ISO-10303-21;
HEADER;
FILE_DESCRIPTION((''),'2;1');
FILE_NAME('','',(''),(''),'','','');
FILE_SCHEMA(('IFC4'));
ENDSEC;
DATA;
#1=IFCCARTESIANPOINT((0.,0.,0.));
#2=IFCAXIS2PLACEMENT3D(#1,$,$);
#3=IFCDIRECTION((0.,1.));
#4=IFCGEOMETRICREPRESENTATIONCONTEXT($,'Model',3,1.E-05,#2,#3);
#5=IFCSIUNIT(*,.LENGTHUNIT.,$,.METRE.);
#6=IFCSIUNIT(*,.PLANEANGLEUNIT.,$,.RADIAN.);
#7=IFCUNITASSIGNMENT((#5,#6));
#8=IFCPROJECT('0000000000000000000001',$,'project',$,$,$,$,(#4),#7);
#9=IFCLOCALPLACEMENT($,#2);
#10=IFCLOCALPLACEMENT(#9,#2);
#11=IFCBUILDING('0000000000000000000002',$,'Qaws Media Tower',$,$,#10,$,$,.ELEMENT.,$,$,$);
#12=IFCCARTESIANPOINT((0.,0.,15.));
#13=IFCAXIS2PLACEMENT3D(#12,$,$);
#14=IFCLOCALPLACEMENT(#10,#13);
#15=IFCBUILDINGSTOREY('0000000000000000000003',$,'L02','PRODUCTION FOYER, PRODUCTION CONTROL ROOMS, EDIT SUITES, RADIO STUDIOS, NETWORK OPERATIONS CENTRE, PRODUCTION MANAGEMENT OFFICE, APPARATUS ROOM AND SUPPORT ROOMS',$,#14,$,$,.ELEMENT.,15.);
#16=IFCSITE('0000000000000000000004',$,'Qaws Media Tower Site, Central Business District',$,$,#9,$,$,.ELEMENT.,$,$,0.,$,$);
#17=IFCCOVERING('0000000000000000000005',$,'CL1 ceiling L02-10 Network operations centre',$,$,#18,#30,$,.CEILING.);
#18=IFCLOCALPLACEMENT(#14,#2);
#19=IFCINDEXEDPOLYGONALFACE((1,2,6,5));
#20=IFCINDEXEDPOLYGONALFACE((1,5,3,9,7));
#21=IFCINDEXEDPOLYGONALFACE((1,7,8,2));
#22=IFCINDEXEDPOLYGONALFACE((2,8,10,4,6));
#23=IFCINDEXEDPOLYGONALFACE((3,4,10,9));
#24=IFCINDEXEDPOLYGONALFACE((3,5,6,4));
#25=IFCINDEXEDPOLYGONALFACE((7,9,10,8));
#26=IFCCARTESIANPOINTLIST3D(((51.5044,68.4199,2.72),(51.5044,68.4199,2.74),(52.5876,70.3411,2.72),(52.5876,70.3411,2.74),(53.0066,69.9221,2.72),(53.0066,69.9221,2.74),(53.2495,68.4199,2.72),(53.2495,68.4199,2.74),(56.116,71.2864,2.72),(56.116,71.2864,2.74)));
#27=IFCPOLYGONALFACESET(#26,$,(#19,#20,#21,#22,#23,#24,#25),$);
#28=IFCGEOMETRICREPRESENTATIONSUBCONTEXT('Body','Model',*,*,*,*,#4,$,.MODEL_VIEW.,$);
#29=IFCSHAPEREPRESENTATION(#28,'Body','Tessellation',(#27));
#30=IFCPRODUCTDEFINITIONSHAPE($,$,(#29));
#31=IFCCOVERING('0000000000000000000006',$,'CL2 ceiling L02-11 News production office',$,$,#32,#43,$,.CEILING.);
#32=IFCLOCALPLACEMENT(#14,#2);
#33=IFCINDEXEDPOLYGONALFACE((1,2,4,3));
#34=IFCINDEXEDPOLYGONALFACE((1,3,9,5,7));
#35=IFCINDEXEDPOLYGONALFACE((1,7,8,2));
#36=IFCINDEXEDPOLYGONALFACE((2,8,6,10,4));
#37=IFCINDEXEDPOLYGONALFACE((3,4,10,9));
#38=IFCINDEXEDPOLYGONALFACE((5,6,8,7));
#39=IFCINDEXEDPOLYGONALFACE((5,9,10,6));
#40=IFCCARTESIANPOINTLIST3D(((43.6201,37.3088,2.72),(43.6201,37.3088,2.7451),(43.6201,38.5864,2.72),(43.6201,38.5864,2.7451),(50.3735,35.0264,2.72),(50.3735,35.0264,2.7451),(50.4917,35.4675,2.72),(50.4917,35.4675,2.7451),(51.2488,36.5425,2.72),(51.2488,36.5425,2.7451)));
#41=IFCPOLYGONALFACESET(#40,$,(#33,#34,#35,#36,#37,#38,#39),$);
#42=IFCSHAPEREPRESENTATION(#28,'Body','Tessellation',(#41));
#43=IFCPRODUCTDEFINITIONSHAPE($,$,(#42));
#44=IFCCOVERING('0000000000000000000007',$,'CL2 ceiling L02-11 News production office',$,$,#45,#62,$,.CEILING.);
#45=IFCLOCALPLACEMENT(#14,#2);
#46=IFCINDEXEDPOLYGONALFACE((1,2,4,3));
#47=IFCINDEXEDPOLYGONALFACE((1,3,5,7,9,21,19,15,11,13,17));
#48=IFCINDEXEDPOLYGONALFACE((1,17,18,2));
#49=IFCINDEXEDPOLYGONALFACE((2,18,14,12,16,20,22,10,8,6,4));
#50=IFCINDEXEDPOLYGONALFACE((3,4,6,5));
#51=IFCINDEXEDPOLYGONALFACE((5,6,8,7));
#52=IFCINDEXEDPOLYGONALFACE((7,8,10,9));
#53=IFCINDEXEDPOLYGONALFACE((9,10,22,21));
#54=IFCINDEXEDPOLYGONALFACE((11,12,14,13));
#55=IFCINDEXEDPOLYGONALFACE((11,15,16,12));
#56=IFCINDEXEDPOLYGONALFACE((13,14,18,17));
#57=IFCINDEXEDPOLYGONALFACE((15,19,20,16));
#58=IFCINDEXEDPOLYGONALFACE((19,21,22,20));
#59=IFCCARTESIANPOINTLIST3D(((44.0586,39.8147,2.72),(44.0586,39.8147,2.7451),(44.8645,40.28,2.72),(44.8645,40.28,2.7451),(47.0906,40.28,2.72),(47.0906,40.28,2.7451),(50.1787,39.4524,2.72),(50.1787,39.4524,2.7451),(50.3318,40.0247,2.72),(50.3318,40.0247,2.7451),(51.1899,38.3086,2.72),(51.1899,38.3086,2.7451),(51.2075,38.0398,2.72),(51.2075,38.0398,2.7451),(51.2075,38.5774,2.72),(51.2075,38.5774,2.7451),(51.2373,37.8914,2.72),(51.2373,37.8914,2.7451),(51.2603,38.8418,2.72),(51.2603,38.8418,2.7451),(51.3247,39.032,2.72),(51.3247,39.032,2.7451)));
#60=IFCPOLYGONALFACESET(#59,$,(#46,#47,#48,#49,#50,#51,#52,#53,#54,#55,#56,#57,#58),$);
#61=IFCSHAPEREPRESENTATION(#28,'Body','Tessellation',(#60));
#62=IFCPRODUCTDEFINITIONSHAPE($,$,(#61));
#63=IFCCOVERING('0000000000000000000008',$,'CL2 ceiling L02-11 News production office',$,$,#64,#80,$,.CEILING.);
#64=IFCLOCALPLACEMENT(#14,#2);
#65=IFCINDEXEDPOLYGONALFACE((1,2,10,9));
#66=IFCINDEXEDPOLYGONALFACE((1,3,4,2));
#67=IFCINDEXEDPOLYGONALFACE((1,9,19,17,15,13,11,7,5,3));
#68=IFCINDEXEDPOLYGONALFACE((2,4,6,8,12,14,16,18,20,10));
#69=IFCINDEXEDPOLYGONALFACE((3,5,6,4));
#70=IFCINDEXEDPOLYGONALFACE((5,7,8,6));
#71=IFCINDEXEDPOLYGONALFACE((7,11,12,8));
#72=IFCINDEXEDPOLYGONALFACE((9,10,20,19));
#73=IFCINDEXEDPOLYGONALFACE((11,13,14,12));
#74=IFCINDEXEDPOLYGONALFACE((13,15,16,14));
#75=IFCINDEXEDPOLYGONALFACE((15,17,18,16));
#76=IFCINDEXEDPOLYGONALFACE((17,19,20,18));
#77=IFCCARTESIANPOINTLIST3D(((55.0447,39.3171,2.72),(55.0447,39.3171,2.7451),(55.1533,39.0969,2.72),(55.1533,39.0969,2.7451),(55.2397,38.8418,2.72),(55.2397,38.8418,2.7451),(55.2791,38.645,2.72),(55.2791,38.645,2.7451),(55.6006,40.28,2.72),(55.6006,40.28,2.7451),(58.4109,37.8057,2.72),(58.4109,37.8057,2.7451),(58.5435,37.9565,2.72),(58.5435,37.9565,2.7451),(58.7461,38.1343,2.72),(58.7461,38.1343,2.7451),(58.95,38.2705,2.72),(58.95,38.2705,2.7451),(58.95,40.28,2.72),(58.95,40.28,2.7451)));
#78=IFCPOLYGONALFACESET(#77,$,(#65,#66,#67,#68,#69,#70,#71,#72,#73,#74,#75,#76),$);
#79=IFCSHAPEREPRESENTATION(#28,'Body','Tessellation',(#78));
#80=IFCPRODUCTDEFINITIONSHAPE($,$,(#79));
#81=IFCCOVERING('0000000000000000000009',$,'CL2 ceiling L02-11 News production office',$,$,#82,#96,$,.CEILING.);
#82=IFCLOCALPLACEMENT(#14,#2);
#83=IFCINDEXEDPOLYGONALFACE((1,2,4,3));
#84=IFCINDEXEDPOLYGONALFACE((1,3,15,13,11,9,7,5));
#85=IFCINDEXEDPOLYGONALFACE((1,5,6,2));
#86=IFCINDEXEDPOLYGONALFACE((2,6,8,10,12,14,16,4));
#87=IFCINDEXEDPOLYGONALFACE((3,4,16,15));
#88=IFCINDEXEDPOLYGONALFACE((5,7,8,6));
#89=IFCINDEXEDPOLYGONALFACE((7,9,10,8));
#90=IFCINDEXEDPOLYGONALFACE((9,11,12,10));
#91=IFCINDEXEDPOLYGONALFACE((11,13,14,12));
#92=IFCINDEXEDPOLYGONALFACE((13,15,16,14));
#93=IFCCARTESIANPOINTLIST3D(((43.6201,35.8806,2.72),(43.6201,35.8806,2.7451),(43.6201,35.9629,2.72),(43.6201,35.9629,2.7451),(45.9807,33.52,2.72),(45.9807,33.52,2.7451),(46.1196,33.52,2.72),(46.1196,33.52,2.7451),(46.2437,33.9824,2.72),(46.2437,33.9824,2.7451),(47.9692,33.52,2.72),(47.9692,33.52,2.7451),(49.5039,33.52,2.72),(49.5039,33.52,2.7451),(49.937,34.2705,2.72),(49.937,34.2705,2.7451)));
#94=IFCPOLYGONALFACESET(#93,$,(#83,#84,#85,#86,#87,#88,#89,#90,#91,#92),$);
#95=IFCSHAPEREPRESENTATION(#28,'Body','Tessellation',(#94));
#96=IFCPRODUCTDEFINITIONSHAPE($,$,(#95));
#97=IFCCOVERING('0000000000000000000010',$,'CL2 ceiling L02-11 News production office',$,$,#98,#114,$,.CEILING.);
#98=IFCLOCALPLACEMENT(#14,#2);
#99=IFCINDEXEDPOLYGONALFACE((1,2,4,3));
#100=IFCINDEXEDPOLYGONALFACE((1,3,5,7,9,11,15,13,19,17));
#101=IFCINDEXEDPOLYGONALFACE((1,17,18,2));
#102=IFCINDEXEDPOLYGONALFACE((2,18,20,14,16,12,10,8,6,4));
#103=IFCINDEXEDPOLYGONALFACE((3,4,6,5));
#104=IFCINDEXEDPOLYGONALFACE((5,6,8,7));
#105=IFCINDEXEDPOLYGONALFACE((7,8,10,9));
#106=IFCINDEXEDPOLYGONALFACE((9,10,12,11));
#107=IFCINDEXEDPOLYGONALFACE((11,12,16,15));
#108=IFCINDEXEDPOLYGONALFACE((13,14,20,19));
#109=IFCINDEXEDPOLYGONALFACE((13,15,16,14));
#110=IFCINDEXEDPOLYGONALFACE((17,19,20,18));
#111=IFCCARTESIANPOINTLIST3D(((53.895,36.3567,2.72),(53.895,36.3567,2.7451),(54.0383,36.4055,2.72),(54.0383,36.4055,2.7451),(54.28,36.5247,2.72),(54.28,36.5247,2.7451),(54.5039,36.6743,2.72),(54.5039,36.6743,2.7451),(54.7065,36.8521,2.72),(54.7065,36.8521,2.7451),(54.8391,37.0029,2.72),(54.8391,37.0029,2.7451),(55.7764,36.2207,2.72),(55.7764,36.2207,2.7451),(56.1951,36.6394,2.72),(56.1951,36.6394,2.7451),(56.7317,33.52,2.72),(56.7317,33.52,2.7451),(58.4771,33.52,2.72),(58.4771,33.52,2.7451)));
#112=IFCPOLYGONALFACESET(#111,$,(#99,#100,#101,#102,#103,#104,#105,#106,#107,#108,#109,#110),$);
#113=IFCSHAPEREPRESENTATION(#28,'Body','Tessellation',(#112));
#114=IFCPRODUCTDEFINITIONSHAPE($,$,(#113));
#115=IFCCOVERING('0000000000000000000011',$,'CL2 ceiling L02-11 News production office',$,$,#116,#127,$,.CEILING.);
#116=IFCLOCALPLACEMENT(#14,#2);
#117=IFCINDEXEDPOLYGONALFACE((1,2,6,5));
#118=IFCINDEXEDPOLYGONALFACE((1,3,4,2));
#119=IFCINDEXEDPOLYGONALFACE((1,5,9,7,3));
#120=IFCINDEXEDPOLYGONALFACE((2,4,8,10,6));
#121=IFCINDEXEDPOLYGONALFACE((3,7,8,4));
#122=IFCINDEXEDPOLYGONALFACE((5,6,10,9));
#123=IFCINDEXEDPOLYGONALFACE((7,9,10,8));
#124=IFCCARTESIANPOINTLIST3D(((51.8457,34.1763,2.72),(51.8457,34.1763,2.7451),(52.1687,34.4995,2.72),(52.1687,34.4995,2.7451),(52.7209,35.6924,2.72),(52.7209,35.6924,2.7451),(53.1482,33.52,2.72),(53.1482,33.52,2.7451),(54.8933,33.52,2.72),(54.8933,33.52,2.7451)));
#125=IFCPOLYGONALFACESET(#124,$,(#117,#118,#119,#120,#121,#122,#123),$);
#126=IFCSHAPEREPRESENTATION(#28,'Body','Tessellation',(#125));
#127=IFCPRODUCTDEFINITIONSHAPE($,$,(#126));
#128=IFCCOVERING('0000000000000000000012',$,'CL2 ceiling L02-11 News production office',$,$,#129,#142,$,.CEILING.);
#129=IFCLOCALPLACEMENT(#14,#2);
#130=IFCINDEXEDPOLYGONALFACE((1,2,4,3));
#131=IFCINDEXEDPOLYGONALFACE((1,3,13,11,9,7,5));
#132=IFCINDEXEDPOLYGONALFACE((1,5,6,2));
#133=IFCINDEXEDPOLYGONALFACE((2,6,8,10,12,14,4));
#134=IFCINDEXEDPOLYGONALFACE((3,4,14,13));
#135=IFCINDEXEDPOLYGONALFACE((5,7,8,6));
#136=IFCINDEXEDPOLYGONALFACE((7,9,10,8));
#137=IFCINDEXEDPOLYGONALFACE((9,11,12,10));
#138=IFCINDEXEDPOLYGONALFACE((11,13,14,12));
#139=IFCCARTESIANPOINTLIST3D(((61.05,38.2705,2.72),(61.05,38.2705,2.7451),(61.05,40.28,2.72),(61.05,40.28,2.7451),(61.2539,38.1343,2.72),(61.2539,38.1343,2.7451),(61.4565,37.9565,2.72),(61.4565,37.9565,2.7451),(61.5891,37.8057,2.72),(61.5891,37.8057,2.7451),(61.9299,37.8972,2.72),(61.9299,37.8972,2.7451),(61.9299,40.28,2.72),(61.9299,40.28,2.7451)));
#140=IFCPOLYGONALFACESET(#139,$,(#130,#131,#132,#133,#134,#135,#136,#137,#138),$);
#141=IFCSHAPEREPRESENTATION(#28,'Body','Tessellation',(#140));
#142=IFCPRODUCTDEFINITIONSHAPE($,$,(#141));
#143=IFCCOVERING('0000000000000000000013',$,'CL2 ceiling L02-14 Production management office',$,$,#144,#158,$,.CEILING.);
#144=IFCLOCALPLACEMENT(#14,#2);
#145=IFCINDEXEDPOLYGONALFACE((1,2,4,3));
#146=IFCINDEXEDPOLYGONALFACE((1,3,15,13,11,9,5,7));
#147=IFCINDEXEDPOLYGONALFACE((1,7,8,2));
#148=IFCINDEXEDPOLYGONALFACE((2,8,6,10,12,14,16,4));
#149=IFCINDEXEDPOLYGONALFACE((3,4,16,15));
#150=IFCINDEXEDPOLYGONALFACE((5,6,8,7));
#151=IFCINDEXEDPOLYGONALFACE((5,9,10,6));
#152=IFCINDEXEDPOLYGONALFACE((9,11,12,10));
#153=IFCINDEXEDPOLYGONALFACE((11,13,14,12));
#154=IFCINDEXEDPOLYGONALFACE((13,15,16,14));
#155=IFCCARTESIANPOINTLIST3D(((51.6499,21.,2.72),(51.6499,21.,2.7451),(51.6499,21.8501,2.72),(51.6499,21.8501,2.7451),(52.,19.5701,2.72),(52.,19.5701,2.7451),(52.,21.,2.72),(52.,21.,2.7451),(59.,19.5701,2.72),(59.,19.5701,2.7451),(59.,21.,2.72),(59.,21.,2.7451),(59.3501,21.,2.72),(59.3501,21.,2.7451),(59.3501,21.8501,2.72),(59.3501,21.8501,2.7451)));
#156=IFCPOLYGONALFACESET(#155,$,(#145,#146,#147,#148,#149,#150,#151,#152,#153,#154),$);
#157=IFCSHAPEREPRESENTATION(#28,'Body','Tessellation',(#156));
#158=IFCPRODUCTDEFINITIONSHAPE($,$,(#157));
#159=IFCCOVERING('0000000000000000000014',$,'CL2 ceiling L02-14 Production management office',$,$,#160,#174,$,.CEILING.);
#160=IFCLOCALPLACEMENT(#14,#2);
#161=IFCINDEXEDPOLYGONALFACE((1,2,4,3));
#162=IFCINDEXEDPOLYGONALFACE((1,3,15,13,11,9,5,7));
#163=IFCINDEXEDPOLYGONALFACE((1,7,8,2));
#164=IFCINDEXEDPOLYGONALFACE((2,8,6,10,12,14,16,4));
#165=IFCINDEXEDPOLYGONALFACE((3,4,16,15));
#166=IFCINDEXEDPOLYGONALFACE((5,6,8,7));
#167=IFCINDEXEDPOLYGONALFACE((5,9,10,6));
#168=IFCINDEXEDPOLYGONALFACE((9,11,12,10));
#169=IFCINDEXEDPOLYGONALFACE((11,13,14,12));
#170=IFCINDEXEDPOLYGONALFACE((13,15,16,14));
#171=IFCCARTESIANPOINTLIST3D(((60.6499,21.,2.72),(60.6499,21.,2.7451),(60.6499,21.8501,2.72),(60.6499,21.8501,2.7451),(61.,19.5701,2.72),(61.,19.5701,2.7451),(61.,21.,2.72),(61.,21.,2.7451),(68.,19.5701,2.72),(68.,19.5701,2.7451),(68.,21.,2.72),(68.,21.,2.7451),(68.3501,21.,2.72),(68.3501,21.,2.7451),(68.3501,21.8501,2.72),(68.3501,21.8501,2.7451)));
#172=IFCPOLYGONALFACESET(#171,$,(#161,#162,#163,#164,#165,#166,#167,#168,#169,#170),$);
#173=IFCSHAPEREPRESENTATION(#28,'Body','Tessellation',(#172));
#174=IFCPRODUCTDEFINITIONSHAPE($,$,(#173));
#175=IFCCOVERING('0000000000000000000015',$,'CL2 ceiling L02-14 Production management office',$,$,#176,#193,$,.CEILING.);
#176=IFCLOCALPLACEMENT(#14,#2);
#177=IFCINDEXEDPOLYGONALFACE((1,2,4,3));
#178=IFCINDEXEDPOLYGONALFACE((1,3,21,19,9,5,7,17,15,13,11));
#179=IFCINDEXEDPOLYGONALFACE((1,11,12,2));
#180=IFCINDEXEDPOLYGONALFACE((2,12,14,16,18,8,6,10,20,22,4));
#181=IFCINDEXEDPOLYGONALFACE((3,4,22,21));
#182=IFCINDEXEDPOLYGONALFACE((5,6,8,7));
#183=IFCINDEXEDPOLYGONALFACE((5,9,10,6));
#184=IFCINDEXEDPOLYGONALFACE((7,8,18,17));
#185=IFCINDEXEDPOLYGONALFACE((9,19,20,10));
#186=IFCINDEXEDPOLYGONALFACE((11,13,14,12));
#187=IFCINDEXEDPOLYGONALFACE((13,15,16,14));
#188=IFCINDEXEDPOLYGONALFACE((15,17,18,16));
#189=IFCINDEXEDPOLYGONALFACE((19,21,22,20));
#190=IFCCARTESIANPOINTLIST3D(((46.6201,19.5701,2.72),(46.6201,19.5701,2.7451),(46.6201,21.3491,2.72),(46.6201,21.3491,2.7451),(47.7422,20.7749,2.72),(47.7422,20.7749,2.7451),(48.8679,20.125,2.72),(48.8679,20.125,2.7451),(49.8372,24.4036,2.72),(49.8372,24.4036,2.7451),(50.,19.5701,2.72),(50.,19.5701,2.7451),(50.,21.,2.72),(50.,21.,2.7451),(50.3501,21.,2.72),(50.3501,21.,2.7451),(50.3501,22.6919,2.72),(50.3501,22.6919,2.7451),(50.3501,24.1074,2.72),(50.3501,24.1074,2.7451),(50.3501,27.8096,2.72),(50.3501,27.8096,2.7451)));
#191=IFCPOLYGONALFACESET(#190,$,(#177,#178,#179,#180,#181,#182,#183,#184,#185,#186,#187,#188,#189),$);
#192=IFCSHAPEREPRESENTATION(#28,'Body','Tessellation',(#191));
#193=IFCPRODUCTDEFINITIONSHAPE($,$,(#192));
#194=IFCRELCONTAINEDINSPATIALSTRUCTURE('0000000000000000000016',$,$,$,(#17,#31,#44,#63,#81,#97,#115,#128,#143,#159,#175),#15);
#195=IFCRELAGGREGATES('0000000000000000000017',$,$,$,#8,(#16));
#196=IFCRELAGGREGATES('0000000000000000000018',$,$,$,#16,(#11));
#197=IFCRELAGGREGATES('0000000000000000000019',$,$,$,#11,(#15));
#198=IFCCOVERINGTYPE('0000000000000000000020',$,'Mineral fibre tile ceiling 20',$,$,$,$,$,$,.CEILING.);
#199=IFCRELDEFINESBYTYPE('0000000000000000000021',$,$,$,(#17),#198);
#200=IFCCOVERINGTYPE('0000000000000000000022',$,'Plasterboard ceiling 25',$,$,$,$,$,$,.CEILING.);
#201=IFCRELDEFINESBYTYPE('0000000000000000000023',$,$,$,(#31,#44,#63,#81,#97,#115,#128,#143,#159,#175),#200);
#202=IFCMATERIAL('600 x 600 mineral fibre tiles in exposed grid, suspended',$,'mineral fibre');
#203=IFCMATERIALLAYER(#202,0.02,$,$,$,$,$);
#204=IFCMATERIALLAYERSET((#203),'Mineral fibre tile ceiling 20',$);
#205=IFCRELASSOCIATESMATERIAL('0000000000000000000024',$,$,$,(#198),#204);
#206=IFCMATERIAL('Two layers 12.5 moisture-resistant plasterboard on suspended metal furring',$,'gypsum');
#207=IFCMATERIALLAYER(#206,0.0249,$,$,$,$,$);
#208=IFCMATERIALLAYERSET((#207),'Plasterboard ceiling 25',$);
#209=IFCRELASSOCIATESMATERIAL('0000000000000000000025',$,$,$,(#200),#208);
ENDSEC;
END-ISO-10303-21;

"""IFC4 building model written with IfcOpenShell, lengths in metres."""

from ifc_helpers import new_model, si_unit, direction, frame, origin, place, context, subcontext, project, spatial, polyline, outline, extrude, material, layer, layer_set, type_object, element, save


model = new_model("IFC4")

# Units and contexts
model_context = context("Model", 3, precision=1e-05, world=origin(), true_north=direction((0.0, 1.0)))
body_context = subcontext(model_context, "Body", "Model", "MODEL_VIEW")
ifc_project = project(units=[si_unit("LENGTHUNIT", "METRE"), si_unit("PLANEANGLEUNIT", "RADIAN")], contexts=[model_context])

# Site, building, storey
site_placement = place(None, origin())
site = spatial("IfcSite", under=ifc_project, at=site_placement, Name="Qaws Media Tower Site, Central Business District", CompositionType="ELEMENT", RefElevation=0.0)
building_placement = place(site_placement, origin())
building = spatial("IfcBuilding", under=site, at=building_placement, Name="Qaws Media Tower", CompositionType="ELEMENT")
storey_placement = place(building_placement, frame((0.0, 0.0, 15.0)))
storey = spatial("IfcBuildingStorey", under=building, at=storey_placement, Name="L02", Description="PRODUCTION FOYER, PRODUCTION CONTROL ROOMS, EDIT SUITES, RADIO STUDIOS, NETWORK OPERATIONS CENTRE, PRODUCTION MANAGEMENT OFFICE, APPARATUS ROOM AND SUPPORT ROOMS", CompositionType="ELEMENT", Elevation=15.0)

# Coverings
ifc_material_1 = material(Name="600 x 600 mineral fibre tiles in exposed grid, suspended", Category="mineral fibre")
ifc_layer_1 = layer(ifc_material_1, 0.02)
ifc_layer_set_1 = layer_set([ifc_layer_1], Name="Mineral fibre tile ceiling 20")
covering_type_1 = type_object("IfcCoveringType", Name="Mineral fibre tile ceiling 20", PredefinedType="CEILING", material=ifc_layer_set_1)
covering_1_placement = place(storey_placement, frame((0.0, 0.0, 2.72)))
element("IfcCovering", 1, at=covering_1_placement, inside=storey, type_object=covering_type_1, Name="CL1 ceiling L02-10 Network operations centre", PredefinedType="CEILING", context=body_context, shape_type="SweptSolid", body=[
    extrude(outline(polyline([(51.5044, 68.4199), (53.0066, 69.9221), (52.5876, 70.3411), (56.116, 71.2864), (53.2495, 68.4199), (51.5044, 68.4199)])), origin(), (0.0, 0.0, 1.0), 0.02),
])
ifc_material_2 = material(Name="Two layers 12.5 moisture-resistant plasterboard on suspended metal furring", Category="gypsum")
ifc_layer_2 = layer(ifc_material_2, 0.0249)
ifc_layer_set_2 = layer_set([ifc_layer_2], Name="Plasterboard ceiling 25")
covering_type_2 = type_object("IfcCoveringType", Name="Plasterboard ceiling 25", PredefinedType="CEILING", material=ifc_layer_set_2)
covering_2_placement = place(storey_placement, frame((0.0, 0.0, 2.72)))
element("IfcCovering", 2, at=covering_2_placement, inside=storey, type_object=covering_type_2, Name="CL2 ceiling L02-11 News production office", PredefinedType="CEILING", context=body_context, shape_type="SweptSolid", body=[
    extrude(outline(polyline([(43.6201, 38.5864), (51.2488, 36.5425), (50.3735, 35.0264), (50.4917, 35.4675), (43.6201, 37.3088), (43.6201, 38.5864)])), origin(), (0.0, 0.0, 1.0), 0.0251),
])
covering_3_placement = place(storey_placement, frame((0.0, 0.0, 2.72)))
element("IfcCovering", 3, at=covering_3_placement, inside=storey, type_object=covering_type_2, Name="CL2 ceiling L02-11 News production office", PredefinedType="CEILING", context=body_context, shape_type="SweptSolid", body=[
    extrude(outline(polyline([(51.2603, 38.8418), (51.2075, 38.5774), (51.1899, 38.3086), (51.2075, 38.0398), (51.2373, 37.8914), (44.0586, 39.8147), (44.8645, 40.28), (47.0906, 40.28), (50.1787, 39.4524), (50.3318, 40.0247), (51.3247, 39.032), (51.2603, 38.8418)])), origin(), (0.0, 0.0, 1.0), 0.0251),
])
covering_4_placement = place(storey_placement, frame((0.0, 0.0, 2.72)))
element("IfcCovering", 4, at=covering_4_placement, inside=storey, type_object=covering_type_2, Name="CL2 ceiling L02-11 News production office", PredefinedType="CEILING", context=body_context, shape_type="SweptSolid", body=[
    extrude(outline(polyline([(55.2397, 38.8418), (55.1533, 39.0969), (55.0447, 39.3171), (55.6006, 40.28), (58.95, 40.28), (58.95, 38.2705), (58.7461, 38.1343), (58.5435, 37.9565), (58.4109, 37.8057), (55.2791, 38.645), (55.2397, 38.8418)])), origin(), (0.0, 0.0, 1.0), 0.0251),
])
covering_5_placement = place(storey_placement, frame((0.0, 0.0, 2.72)))
element("IfcCovering", 5, at=covering_5_placement, inside=storey, type_object=covering_type_2, Name="CL2 ceiling L02-11 News production office", PredefinedType="CEILING", context=body_context, shape_type="SweptSolid", body=[
    extrude(outline(polyline([(47.9692, 33.52), (46.2437, 33.9824), (46.1196, 33.52), (45.9807, 33.52), (43.6201, 35.8806), (43.6201, 35.9629), (49.937, 34.2705), (49.5039, 33.52), (47.9692, 33.52)])), origin(), (0.0, 0.0, 1.0), 0.0251),
])
covering_6_placement = place(storey_placement, frame((0.0, 0.0, 2.72)))
element("IfcCovering", 6, at=covering_6_placement, inside=storey, type_object=covering_type_2, Name="CL2 ceiling L02-11 News production office", PredefinedType="CEILING", context=body_context, shape_type="SweptSolid", body=[
    extrude(outline(polyline([(54.0383, 36.4055), (54.28, 36.5247), (54.5039, 36.6743), (54.7065, 36.8521), (54.8391, 37.0029), (56.1951, 36.6394), (55.7764, 36.2207), (58.4771, 33.52), (56.7317, 33.52), (53.895, 36.3567), (54.0383, 36.4055)])), origin(), (0.0, 0.0, 1.0), 0.0251),
])
covering_7_placement = place(storey_placement, frame((0.0, 0.0, 2.72)))
element("IfcCovering", 7, at=covering_7_placement, inside=storey, type_object=covering_type_2, Name="CL2 ceiling L02-11 News production office", PredefinedType="CEILING", context=body_context, shape_type="SweptSolid", body=[
    extrude(outline(polyline([(53.1482, 33.52), (52.1687, 34.4995), (51.8457, 34.1763), (52.7209, 35.6924), (54.8933, 33.52), (53.1482, 33.52)])), origin(), (0.0, 0.0, 1.0), 0.0251),
])
covering_8_placement = place(storey_placement, frame((0.0, 0.0, 2.72)))
element("IfcCovering", 8, at=covering_8_placement, inside=storey, type_object=covering_type_2, Name="CL2 ceiling L02-11 News production office", PredefinedType="CEILING", context=body_context, shape_type="SweptSolid", body=[
    extrude(outline(polyline([(61.9299, 40.28), (61.9299, 37.8972), (61.5891, 37.8057), (61.4565, 37.9565), (61.2539, 38.1343), (61.05, 38.2705), (61.05, 40.28), (61.9299, 40.28)])), origin(), (0.0, 0.0, 1.0), 0.0251),
])
covering_9_placement = place(storey_placement, frame((0.0, 0.0, 2.72)))
element("IfcCovering", 9, at=covering_9_placement, inside=storey, type_object=covering_type_2, Name="CL2 ceiling L02-14 Production management office", PredefinedType="CEILING", context=body_context, shape_type="SweptSolid", body=[
    extrude(outline(polyline([(59.0, 21.0), (59.0, 19.5701), (52.0, 19.5701), (52.0, 21.0), (51.6499, 21.0), (51.6499, 21.8501), (59.3501, 21.8501), (59.3501, 21.0), (59.0, 21.0)])), origin(), (0.0, 0.0, 1.0), 0.0251),
])
covering_10_placement = place(storey_placement, frame((0.0, 0.0, 2.72)))
element("IfcCovering", 10, at=covering_10_placement, inside=storey, type_object=covering_type_2, Name="CL2 ceiling L02-14 Production management office", PredefinedType="CEILING", context=body_context, shape_type="SweptSolid", body=[
    extrude(outline(polyline([(68.0, 21.0), (68.0, 19.5701), (61.0, 19.5701), (61.0, 21.0), (60.6499, 21.0), (60.6499, 21.8501), (68.3501, 21.8501), (68.3501, 21.0), (68.0, 21.0)])), origin(), (0.0, 0.0, 1.0), 0.0251),
])
covering_11_placement = place(storey_placement, frame((0.0, 0.0, 2.72)))
element("IfcCovering", 11, at=covering_11_placement, inside=storey, type_object=covering_type_2, Name="CL2 ceiling L02-14 Production management office", PredefinedType="CEILING", context=body_context, shape_type="SweptSolid", body=[
    extrude(outline(polyline([(50.0, 21.0), (50.0, 19.5701), (46.6201, 19.5701), (46.6201, 21.3491), (50.3501, 27.8096), (50.3501, 24.1074), (49.8372, 24.4036), (47.7422, 20.7749), (48.8679, 20.125), (50.3501, 22.6919), (50.3501, 21.0), (50.0, 21.0)])), origin(), (0.0, 0.0, 1.0), 0.0251),
])

save(model, "model.ifc")
